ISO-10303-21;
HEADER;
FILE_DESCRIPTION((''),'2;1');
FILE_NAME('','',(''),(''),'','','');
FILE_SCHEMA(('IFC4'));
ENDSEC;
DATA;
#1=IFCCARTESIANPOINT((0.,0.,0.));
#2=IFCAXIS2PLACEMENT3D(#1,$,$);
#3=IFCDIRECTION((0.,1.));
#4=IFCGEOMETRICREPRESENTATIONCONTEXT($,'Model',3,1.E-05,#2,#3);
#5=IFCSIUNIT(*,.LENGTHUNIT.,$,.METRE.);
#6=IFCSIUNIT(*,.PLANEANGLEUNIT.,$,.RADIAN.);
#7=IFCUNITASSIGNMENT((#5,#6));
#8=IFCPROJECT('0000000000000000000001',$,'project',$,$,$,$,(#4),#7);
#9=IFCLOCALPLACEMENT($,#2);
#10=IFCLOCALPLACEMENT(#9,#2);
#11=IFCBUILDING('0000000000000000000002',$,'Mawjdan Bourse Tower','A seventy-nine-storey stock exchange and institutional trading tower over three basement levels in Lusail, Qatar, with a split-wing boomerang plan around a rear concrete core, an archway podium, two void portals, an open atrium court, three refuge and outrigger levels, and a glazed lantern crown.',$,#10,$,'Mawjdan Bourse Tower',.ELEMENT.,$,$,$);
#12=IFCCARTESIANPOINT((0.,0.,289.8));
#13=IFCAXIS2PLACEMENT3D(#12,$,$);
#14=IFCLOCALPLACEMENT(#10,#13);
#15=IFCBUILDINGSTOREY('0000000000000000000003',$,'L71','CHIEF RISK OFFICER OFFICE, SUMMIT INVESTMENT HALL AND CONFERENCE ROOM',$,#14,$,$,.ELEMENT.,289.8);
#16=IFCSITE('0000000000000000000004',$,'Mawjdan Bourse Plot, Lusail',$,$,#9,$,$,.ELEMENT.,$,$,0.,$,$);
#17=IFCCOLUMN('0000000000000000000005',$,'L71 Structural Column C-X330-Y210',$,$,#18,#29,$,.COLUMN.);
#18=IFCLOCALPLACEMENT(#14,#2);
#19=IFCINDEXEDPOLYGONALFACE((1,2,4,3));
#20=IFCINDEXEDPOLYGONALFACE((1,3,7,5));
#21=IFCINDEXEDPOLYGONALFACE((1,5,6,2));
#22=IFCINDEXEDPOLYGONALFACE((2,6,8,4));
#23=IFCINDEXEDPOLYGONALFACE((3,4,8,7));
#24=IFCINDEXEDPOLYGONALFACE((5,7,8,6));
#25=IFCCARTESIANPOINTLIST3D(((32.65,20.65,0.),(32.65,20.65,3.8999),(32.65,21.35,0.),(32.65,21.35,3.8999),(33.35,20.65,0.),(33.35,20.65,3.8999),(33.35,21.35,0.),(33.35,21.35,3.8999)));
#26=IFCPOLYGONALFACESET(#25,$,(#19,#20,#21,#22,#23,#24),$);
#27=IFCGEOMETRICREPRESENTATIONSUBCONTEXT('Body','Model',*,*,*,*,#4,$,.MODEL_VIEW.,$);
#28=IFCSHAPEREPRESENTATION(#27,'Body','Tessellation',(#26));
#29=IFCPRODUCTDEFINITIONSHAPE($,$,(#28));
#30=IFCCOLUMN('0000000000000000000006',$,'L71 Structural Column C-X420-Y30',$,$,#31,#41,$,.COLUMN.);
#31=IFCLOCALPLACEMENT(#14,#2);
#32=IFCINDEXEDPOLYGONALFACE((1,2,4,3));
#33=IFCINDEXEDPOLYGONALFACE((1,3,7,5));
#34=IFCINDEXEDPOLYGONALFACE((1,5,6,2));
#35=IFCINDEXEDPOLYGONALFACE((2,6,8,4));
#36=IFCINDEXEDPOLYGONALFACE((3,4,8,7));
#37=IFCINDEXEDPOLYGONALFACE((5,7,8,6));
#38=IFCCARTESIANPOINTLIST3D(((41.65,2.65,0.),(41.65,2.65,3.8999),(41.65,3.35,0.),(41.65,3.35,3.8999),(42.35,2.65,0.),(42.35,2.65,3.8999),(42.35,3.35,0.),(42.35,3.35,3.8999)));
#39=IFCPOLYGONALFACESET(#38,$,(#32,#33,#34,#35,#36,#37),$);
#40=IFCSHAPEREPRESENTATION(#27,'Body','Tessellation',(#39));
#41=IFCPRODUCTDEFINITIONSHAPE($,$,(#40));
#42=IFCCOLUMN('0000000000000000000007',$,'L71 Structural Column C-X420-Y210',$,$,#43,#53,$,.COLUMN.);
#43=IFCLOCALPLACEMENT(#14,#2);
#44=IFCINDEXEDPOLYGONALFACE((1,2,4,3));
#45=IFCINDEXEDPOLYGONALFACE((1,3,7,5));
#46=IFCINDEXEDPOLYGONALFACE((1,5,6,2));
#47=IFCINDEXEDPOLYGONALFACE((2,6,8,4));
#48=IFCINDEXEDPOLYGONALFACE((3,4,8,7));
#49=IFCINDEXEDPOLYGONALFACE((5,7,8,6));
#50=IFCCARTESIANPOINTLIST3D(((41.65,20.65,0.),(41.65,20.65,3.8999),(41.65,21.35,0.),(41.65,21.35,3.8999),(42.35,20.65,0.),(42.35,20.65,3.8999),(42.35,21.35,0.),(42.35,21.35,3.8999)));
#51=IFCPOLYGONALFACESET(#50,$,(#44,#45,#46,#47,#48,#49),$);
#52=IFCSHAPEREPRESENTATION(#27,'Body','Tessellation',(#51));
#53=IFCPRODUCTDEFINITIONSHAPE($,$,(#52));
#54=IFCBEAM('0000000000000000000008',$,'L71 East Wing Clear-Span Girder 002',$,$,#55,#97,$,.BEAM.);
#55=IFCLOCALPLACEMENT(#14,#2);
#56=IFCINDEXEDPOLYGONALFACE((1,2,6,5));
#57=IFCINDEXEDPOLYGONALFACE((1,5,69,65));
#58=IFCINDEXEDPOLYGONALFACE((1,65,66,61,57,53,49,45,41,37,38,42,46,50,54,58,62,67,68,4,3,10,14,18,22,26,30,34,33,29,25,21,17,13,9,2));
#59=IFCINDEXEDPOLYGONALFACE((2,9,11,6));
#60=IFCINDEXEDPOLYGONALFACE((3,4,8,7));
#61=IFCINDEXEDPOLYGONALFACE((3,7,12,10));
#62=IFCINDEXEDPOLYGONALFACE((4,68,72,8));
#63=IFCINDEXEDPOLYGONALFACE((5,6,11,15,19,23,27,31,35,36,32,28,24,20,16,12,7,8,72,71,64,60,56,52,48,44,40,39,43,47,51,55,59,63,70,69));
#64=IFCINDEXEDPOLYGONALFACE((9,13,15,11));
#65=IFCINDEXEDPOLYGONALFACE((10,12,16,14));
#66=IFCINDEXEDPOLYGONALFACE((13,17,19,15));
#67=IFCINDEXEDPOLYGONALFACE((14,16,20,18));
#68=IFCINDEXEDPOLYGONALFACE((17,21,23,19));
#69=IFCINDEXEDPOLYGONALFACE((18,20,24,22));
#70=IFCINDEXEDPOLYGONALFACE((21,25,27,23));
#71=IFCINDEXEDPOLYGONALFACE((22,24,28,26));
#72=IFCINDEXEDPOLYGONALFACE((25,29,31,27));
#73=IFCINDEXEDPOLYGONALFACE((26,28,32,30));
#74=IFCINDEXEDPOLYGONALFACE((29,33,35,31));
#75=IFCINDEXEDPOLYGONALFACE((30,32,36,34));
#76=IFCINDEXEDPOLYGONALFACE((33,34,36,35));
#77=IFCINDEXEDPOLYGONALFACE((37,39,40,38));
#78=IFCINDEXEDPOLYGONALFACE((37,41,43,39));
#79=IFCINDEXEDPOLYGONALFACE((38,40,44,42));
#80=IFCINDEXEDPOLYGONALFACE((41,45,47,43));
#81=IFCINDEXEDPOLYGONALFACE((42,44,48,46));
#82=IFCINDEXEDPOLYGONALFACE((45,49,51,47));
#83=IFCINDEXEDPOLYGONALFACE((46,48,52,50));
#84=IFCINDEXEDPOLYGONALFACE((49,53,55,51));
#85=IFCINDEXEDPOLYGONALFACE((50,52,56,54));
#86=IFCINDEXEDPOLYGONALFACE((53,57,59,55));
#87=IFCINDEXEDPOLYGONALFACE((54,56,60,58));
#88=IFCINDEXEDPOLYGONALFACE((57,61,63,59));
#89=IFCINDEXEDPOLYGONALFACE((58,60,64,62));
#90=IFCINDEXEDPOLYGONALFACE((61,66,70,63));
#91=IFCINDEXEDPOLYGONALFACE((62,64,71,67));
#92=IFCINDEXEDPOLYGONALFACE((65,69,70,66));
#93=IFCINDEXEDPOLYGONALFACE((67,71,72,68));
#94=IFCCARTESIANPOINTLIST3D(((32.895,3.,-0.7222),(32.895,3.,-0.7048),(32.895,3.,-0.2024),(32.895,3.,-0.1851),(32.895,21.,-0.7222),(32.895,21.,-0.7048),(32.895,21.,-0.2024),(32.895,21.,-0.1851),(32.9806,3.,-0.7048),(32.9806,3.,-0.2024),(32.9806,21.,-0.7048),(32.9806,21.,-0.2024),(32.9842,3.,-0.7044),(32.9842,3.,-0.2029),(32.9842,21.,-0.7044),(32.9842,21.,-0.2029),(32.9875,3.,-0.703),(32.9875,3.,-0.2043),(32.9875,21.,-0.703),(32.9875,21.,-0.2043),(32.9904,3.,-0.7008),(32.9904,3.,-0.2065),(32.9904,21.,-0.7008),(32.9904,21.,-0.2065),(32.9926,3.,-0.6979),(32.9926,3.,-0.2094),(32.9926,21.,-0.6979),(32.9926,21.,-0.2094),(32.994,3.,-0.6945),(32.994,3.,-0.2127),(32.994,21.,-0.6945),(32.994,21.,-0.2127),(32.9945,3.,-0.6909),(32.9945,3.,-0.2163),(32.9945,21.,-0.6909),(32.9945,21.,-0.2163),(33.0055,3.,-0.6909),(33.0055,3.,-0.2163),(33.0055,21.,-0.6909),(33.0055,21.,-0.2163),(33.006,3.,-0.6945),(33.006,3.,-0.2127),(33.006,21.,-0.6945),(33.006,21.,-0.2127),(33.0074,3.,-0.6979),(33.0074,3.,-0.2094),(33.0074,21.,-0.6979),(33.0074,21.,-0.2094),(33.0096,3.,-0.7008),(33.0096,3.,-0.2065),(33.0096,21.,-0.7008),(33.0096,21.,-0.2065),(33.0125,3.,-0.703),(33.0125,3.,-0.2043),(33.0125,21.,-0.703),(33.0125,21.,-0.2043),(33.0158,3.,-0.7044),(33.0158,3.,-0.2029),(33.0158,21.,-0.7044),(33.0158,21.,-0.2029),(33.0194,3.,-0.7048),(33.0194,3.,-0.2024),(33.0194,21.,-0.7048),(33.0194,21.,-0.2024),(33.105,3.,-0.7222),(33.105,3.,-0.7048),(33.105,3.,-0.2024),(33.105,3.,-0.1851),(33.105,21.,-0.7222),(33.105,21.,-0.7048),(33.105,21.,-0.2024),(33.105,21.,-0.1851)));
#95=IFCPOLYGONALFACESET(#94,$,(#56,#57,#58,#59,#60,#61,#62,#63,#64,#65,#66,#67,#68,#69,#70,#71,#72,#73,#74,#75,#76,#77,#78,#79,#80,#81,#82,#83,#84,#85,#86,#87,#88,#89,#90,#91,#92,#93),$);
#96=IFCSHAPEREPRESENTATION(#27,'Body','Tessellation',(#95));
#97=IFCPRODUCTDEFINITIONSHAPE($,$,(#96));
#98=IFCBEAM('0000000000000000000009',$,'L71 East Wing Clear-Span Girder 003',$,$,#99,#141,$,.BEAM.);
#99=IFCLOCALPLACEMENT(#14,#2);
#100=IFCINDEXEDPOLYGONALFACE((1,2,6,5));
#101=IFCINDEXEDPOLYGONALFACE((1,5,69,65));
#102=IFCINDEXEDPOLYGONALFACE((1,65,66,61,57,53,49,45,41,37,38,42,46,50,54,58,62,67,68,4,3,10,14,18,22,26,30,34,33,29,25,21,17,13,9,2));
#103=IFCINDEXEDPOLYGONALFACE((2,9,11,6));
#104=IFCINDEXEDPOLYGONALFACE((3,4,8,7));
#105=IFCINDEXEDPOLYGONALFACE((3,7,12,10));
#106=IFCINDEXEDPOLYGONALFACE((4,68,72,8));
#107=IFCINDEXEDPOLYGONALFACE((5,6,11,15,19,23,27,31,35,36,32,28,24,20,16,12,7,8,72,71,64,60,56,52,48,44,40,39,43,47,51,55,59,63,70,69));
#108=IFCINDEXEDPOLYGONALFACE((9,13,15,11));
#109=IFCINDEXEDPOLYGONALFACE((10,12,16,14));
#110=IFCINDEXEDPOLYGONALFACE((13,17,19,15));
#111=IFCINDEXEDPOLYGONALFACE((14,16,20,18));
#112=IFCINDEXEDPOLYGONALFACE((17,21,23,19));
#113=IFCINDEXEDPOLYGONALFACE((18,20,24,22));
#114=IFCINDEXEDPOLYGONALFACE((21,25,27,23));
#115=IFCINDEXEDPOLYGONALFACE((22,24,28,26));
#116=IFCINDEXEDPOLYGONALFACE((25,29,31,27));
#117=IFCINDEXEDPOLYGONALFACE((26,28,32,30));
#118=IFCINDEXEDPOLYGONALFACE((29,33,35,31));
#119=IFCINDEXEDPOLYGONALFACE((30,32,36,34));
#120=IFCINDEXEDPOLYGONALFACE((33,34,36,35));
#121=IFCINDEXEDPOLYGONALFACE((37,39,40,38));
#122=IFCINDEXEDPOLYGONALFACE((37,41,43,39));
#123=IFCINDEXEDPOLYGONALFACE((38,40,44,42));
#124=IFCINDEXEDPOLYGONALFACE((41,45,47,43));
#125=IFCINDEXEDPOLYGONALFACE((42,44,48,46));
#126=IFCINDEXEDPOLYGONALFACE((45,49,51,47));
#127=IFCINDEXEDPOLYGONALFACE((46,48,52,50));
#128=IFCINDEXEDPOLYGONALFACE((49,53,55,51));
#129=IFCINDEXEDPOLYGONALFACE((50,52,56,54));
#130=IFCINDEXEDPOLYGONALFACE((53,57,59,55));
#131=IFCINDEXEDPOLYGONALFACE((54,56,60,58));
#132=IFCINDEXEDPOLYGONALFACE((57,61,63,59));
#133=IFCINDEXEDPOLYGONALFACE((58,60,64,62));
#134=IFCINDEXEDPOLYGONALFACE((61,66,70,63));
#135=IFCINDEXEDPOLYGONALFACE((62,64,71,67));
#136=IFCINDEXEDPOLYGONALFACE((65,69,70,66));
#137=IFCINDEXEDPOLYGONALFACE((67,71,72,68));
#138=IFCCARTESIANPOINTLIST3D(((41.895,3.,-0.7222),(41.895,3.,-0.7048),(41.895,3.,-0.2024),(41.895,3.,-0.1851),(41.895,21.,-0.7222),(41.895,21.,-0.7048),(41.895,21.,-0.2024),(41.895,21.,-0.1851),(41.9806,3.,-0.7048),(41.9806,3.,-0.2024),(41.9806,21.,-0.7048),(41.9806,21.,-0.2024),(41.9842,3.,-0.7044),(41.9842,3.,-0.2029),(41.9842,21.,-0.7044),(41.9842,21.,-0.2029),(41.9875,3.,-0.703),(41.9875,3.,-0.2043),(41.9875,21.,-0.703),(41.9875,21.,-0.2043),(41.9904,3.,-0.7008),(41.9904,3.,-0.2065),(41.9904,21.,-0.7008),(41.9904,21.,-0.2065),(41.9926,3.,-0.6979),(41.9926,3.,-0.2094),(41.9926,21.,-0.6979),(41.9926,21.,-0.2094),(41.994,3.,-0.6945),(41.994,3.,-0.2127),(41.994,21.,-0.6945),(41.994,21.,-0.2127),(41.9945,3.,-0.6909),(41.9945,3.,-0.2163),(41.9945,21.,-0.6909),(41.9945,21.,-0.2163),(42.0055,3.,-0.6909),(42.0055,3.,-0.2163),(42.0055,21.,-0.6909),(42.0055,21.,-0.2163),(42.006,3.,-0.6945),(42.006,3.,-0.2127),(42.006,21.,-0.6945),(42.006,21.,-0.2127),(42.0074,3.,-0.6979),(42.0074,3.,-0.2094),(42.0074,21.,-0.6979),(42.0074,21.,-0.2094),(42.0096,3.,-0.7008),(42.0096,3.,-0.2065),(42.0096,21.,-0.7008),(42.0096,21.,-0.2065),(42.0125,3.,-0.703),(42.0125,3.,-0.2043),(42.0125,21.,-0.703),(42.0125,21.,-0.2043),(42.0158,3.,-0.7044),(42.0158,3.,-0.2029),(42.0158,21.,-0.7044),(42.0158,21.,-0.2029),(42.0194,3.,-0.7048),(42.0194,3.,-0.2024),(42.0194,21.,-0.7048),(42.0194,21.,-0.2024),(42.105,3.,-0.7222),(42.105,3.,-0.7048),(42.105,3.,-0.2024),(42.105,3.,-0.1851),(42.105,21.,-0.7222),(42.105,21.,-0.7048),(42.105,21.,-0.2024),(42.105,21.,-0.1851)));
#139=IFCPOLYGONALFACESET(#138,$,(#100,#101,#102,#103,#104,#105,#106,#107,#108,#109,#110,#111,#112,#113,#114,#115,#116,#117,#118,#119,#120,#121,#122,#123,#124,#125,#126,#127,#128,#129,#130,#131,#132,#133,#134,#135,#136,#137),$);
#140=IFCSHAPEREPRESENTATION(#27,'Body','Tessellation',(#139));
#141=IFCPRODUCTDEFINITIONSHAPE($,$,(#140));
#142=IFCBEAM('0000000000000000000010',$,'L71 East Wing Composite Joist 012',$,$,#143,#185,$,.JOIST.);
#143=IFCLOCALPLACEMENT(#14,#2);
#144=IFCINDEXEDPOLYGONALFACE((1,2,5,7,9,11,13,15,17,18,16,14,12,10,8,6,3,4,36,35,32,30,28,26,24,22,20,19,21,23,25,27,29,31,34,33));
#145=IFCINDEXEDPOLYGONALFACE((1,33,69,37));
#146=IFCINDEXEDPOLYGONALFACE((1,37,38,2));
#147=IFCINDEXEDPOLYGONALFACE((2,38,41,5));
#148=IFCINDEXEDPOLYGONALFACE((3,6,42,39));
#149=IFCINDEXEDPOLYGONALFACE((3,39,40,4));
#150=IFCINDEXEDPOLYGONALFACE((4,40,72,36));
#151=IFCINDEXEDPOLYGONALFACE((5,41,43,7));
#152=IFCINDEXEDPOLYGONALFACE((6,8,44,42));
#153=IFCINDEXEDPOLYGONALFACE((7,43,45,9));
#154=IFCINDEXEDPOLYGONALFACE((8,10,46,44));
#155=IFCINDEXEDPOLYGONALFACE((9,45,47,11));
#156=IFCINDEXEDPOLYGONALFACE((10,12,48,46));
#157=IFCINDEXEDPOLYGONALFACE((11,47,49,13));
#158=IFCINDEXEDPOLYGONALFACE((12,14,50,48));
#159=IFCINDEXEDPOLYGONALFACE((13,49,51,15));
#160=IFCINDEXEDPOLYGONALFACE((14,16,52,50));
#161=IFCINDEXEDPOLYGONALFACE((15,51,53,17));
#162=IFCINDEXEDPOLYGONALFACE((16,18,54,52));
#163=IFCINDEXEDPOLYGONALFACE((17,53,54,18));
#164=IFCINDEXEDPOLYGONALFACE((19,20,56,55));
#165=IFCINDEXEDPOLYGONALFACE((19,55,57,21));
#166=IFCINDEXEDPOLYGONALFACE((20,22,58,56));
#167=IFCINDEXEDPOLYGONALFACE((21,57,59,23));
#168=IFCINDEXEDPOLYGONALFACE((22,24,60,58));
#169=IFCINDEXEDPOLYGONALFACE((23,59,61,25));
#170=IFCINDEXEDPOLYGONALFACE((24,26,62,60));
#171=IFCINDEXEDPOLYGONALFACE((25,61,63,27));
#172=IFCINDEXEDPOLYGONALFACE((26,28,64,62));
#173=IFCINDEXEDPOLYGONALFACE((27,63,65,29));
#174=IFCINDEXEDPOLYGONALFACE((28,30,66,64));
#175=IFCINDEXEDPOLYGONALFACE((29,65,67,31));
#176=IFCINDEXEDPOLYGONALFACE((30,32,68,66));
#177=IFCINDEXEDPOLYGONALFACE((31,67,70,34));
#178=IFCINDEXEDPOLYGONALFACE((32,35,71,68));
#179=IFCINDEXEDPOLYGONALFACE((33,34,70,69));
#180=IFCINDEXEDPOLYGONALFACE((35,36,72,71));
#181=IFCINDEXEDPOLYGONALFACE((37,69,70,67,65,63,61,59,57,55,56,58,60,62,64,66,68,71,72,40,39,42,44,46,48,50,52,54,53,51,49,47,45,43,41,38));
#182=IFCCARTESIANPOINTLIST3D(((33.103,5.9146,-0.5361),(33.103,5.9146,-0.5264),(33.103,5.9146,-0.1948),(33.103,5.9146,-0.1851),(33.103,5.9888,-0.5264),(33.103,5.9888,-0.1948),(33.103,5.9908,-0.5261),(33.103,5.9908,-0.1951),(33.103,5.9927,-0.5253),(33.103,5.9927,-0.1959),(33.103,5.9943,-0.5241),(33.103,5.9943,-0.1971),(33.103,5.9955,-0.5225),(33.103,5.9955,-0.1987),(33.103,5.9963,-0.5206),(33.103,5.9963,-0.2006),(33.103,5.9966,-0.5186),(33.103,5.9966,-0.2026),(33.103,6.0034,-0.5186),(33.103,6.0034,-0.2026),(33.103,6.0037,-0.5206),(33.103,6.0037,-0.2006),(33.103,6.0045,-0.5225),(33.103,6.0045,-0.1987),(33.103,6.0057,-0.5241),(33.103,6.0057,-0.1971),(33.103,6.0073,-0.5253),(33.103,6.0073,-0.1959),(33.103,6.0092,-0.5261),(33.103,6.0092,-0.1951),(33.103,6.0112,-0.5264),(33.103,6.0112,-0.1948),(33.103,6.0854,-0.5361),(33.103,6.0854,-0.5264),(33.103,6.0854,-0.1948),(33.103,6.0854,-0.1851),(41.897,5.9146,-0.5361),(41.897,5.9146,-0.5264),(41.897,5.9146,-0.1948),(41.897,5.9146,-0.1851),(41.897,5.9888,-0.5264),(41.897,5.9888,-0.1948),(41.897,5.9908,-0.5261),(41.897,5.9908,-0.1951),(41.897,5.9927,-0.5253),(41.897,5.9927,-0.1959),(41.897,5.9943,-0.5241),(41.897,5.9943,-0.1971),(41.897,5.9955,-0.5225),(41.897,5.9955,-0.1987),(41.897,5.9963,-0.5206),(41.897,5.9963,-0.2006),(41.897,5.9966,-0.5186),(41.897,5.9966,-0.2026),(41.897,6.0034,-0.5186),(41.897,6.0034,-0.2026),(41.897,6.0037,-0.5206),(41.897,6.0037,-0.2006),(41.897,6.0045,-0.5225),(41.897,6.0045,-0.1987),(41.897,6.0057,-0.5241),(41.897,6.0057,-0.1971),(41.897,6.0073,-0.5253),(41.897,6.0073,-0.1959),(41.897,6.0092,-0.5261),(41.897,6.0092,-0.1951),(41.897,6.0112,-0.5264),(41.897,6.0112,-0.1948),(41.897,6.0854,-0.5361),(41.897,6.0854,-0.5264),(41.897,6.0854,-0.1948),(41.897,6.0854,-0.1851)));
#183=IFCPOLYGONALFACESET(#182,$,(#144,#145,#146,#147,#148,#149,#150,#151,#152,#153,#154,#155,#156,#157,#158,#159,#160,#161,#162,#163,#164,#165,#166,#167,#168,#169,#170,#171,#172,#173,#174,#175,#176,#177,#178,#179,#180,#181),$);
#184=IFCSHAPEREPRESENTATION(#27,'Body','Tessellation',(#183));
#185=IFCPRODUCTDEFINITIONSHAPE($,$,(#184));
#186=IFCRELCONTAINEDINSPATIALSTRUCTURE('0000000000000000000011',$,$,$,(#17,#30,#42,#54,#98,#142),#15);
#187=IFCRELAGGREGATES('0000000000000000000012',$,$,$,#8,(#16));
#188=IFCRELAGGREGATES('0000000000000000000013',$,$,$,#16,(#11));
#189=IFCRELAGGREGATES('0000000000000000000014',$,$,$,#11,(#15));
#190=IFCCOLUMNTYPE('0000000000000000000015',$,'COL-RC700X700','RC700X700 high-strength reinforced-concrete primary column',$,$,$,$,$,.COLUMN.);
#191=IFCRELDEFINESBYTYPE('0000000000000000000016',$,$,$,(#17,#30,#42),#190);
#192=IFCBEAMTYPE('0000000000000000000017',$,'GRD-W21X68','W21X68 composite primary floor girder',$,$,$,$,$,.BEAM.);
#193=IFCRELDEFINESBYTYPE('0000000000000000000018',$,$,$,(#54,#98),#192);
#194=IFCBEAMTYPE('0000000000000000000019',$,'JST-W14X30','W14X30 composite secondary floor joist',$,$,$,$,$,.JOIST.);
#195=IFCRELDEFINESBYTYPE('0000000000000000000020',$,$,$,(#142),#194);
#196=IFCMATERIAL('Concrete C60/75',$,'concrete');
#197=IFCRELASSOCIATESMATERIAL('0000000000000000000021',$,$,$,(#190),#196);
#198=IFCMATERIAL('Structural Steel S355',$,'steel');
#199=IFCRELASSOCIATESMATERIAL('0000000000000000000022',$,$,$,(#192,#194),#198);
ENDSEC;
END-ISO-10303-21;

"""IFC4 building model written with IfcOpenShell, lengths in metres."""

from ifc_helpers import new_model, si_unit, direction, frame, origin, origin_2d, place, context, subcontext, project, spatial, rectangle, i_section, extrude, material, material_profile, profile_set, type_object, element, save


model = new_model("IFC4")

# Units and contexts
model_context = context("Model", 3, precision=1e-05, world=origin(), true_north=direction((0.0, 1.0)))
body_context = subcontext(model_context, "Body", "Model", "MODEL_VIEW")
ifc_project = project(units=[si_unit("LENGTHUNIT", "METRE"), si_unit("PLANEANGLEUNIT", "RADIAN")], contexts=[model_context])

# Site, building, storey
site_placement = place(None, origin())
site = spatial("IfcSite", under=ifc_project, at=site_placement, Name="Mawjdan Bourse Plot, Lusail", CompositionType="ELEMENT", RefElevation=0.0)
building_placement = place(site_placement, origin())
building = spatial("IfcBuilding", under=site, at=building_placement, Name="Mawjdan Bourse Tower", Description="A seventy-nine-storey stock exchange and institutional trading tower over three basement levels in Lusail, Qatar, with a split-wing boomerang plan around a rear concrete core, an archway podium, two void portals, an open atrium court, three refuge and outrigger levels, and a glazed lantern crown.", LongName="Mawjdan Bourse Tower", CompositionType="ELEMENT")
storey_placement = place(building_placement, frame((0.0, 0.0, 289.8)))
storey = spatial("IfcBuildingStorey", under=building, at=storey_placement, Name="L71", Description="CHIEF RISK OFFICER OFFICE, SUMMIT INVESTMENT HALL AND CONFERENCE ROOM", CompositionType="ELEMENT", Elevation=289.8)

# Columns
ifc_material_1 = material(Name="Concrete C60/75", Category="concrete")
ifc_material_profile_1 = material_profile(ifc_material_1, rectangle(XDim=0.7, YDim=0.7, at=origin_2d()), Name="RC700X700")
ifc_profile_set_1 = profile_set([ifc_material_profile_1], Name="Concrete C60/75")
column_type = type_object("IfcColumnType", Name="COL-RC700X700", Description="RC700X700 high-strength reinforced-concrete primary column", PredefinedType="COLUMN", material=ifc_profile_set_1)
for number, where, z_axis, x_axis, name in (
    (1, (33.0, 21.0, 0.0), (0.0, 0.0, 1.0), (1.0, 0.0, 0.0), "L71 Structural Column C-X330-Y210"),
    (2, (42.0, 3.0, 0.0), (0.0, 0.0, 1.0), (1.0, 0.0, 0.0), "L71 Structural Column C-X420-Y30"),
    (3, (42.0, 21.0, 0.0), (0.0, 0.0, 1.0), (1.0, 0.0, 0.0), "L71 Structural Column C-X420-Y210"),
):
    element("IfcColumn", number, at=place(storey_placement, frame(where, z_axis=z_axis, x_axis=x_axis)), inside=storey, type_object=column_type, Name=name, PredefinedType="COLUMN", context=body_context, shape_type="SweptSolid", body=[
        extrude(rectangle(XDim=0.7, YDim=0.7, at=origin_2d()), origin(), (0.0, 0.0, 1.0), 3.8999),
    ])

# Beams
ifc_material_2 = material(Name="Structural Steel S355", Category="steel")
ifc_material_profile_2 = material_profile(ifc_material_2, i_section(OverallWidth=0.21, OverallDepth=0.5371, WebThickness=0.011, FlangeThickness=0.0173, FilletRadius=0.0139, at=origin_2d()), Name="W21X68")
ifc_profile_set_2 = profile_set([ifc_material_profile_2], Name="Structural Steel S355")
beam_type_1 = type_object("IfcBeamType", Name="GRD-W21X68", Description="W21X68 composite primary floor girder", PredefinedType="BEAM", material=ifc_profile_set_2)
for number, where, z_axis, x_axis, name in (
    (4, (33.0, 3.0, -0.4536), (0.0, 1.0, 0.0), (-1.0, 0.0, 0.0), "L71 East Wing Clear-Span Girder 002"),
    (5, (42.0, 3.0, -0.4536), (0.0, 1.0, 0.0), (-1.0, 0.0, 0.0), "L71 East Wing Clear-Span Girder 003"),
):
    element("IfcBeam", number, at=place(storey_placement, frame(where, z_axis=z_axis, x_axis=x_axis)), inside=storey, type_object=beam_type_1, Name=name, PredefinedType="BEAM", context=body_context, shape_type="SweptSolid", body=[
        extrude(i_section(OverallWidth=0.21, OverallDepth=0.5371, WebThickness=0.011, FlangeThickness=0.0173, FilletRadius=0.0139, at=origin_2d()), origin(), (0.0, 0.0, 1.0), 18.0),
    ])
ifc_material_profile_3 = material_profile(ifc_material_2, i_section(OverallWidth=0.1709, OverallDepth=0.3511, WebThickness=0.0068, FlangeThickness=0.0098, FilletRadius=0.0078, at=origin_2d()), Name="W14X30")
ifc_profile_set_3 = profile_set([ifc_material_profile_3], Name="Structural Steel S355")
beam_type_2 = type_object("IfcBeamType", Name="JST-W14X30", Description="W14X30 composite secondary floor joist", PredefinedType="JOIST", material=ifc_profile_set_3)
for number, where, z_axis, x_axis, name in (
    (6, (33.103, 6.0, -0.3606), (1.0, 0.0, 0.0), (0.0, 1.0, 0.0), "L71 East Wing Composite Joist 012"),
):
    element("IfcBeam", number, at=place(storey_placement, frame(where, z_axis=z_axis, x_axis=x_axis)), inside=storey, type_object=beam_type_2, Name=name, PredefinedType="JOIST", context=body_context, shape_type="SweptSolid", body=[
        extrude(i_section(OverallWidth=0.1709, OverallDepth=0.3511, WebThickness=0.0068, FlangeThickness=0.0098, FilletRadius=0.0078, at=origin_2d()), origin(), (0.0, 0.0, 1.0), 8.7939),
    ])

save(model, "model.ifc")
